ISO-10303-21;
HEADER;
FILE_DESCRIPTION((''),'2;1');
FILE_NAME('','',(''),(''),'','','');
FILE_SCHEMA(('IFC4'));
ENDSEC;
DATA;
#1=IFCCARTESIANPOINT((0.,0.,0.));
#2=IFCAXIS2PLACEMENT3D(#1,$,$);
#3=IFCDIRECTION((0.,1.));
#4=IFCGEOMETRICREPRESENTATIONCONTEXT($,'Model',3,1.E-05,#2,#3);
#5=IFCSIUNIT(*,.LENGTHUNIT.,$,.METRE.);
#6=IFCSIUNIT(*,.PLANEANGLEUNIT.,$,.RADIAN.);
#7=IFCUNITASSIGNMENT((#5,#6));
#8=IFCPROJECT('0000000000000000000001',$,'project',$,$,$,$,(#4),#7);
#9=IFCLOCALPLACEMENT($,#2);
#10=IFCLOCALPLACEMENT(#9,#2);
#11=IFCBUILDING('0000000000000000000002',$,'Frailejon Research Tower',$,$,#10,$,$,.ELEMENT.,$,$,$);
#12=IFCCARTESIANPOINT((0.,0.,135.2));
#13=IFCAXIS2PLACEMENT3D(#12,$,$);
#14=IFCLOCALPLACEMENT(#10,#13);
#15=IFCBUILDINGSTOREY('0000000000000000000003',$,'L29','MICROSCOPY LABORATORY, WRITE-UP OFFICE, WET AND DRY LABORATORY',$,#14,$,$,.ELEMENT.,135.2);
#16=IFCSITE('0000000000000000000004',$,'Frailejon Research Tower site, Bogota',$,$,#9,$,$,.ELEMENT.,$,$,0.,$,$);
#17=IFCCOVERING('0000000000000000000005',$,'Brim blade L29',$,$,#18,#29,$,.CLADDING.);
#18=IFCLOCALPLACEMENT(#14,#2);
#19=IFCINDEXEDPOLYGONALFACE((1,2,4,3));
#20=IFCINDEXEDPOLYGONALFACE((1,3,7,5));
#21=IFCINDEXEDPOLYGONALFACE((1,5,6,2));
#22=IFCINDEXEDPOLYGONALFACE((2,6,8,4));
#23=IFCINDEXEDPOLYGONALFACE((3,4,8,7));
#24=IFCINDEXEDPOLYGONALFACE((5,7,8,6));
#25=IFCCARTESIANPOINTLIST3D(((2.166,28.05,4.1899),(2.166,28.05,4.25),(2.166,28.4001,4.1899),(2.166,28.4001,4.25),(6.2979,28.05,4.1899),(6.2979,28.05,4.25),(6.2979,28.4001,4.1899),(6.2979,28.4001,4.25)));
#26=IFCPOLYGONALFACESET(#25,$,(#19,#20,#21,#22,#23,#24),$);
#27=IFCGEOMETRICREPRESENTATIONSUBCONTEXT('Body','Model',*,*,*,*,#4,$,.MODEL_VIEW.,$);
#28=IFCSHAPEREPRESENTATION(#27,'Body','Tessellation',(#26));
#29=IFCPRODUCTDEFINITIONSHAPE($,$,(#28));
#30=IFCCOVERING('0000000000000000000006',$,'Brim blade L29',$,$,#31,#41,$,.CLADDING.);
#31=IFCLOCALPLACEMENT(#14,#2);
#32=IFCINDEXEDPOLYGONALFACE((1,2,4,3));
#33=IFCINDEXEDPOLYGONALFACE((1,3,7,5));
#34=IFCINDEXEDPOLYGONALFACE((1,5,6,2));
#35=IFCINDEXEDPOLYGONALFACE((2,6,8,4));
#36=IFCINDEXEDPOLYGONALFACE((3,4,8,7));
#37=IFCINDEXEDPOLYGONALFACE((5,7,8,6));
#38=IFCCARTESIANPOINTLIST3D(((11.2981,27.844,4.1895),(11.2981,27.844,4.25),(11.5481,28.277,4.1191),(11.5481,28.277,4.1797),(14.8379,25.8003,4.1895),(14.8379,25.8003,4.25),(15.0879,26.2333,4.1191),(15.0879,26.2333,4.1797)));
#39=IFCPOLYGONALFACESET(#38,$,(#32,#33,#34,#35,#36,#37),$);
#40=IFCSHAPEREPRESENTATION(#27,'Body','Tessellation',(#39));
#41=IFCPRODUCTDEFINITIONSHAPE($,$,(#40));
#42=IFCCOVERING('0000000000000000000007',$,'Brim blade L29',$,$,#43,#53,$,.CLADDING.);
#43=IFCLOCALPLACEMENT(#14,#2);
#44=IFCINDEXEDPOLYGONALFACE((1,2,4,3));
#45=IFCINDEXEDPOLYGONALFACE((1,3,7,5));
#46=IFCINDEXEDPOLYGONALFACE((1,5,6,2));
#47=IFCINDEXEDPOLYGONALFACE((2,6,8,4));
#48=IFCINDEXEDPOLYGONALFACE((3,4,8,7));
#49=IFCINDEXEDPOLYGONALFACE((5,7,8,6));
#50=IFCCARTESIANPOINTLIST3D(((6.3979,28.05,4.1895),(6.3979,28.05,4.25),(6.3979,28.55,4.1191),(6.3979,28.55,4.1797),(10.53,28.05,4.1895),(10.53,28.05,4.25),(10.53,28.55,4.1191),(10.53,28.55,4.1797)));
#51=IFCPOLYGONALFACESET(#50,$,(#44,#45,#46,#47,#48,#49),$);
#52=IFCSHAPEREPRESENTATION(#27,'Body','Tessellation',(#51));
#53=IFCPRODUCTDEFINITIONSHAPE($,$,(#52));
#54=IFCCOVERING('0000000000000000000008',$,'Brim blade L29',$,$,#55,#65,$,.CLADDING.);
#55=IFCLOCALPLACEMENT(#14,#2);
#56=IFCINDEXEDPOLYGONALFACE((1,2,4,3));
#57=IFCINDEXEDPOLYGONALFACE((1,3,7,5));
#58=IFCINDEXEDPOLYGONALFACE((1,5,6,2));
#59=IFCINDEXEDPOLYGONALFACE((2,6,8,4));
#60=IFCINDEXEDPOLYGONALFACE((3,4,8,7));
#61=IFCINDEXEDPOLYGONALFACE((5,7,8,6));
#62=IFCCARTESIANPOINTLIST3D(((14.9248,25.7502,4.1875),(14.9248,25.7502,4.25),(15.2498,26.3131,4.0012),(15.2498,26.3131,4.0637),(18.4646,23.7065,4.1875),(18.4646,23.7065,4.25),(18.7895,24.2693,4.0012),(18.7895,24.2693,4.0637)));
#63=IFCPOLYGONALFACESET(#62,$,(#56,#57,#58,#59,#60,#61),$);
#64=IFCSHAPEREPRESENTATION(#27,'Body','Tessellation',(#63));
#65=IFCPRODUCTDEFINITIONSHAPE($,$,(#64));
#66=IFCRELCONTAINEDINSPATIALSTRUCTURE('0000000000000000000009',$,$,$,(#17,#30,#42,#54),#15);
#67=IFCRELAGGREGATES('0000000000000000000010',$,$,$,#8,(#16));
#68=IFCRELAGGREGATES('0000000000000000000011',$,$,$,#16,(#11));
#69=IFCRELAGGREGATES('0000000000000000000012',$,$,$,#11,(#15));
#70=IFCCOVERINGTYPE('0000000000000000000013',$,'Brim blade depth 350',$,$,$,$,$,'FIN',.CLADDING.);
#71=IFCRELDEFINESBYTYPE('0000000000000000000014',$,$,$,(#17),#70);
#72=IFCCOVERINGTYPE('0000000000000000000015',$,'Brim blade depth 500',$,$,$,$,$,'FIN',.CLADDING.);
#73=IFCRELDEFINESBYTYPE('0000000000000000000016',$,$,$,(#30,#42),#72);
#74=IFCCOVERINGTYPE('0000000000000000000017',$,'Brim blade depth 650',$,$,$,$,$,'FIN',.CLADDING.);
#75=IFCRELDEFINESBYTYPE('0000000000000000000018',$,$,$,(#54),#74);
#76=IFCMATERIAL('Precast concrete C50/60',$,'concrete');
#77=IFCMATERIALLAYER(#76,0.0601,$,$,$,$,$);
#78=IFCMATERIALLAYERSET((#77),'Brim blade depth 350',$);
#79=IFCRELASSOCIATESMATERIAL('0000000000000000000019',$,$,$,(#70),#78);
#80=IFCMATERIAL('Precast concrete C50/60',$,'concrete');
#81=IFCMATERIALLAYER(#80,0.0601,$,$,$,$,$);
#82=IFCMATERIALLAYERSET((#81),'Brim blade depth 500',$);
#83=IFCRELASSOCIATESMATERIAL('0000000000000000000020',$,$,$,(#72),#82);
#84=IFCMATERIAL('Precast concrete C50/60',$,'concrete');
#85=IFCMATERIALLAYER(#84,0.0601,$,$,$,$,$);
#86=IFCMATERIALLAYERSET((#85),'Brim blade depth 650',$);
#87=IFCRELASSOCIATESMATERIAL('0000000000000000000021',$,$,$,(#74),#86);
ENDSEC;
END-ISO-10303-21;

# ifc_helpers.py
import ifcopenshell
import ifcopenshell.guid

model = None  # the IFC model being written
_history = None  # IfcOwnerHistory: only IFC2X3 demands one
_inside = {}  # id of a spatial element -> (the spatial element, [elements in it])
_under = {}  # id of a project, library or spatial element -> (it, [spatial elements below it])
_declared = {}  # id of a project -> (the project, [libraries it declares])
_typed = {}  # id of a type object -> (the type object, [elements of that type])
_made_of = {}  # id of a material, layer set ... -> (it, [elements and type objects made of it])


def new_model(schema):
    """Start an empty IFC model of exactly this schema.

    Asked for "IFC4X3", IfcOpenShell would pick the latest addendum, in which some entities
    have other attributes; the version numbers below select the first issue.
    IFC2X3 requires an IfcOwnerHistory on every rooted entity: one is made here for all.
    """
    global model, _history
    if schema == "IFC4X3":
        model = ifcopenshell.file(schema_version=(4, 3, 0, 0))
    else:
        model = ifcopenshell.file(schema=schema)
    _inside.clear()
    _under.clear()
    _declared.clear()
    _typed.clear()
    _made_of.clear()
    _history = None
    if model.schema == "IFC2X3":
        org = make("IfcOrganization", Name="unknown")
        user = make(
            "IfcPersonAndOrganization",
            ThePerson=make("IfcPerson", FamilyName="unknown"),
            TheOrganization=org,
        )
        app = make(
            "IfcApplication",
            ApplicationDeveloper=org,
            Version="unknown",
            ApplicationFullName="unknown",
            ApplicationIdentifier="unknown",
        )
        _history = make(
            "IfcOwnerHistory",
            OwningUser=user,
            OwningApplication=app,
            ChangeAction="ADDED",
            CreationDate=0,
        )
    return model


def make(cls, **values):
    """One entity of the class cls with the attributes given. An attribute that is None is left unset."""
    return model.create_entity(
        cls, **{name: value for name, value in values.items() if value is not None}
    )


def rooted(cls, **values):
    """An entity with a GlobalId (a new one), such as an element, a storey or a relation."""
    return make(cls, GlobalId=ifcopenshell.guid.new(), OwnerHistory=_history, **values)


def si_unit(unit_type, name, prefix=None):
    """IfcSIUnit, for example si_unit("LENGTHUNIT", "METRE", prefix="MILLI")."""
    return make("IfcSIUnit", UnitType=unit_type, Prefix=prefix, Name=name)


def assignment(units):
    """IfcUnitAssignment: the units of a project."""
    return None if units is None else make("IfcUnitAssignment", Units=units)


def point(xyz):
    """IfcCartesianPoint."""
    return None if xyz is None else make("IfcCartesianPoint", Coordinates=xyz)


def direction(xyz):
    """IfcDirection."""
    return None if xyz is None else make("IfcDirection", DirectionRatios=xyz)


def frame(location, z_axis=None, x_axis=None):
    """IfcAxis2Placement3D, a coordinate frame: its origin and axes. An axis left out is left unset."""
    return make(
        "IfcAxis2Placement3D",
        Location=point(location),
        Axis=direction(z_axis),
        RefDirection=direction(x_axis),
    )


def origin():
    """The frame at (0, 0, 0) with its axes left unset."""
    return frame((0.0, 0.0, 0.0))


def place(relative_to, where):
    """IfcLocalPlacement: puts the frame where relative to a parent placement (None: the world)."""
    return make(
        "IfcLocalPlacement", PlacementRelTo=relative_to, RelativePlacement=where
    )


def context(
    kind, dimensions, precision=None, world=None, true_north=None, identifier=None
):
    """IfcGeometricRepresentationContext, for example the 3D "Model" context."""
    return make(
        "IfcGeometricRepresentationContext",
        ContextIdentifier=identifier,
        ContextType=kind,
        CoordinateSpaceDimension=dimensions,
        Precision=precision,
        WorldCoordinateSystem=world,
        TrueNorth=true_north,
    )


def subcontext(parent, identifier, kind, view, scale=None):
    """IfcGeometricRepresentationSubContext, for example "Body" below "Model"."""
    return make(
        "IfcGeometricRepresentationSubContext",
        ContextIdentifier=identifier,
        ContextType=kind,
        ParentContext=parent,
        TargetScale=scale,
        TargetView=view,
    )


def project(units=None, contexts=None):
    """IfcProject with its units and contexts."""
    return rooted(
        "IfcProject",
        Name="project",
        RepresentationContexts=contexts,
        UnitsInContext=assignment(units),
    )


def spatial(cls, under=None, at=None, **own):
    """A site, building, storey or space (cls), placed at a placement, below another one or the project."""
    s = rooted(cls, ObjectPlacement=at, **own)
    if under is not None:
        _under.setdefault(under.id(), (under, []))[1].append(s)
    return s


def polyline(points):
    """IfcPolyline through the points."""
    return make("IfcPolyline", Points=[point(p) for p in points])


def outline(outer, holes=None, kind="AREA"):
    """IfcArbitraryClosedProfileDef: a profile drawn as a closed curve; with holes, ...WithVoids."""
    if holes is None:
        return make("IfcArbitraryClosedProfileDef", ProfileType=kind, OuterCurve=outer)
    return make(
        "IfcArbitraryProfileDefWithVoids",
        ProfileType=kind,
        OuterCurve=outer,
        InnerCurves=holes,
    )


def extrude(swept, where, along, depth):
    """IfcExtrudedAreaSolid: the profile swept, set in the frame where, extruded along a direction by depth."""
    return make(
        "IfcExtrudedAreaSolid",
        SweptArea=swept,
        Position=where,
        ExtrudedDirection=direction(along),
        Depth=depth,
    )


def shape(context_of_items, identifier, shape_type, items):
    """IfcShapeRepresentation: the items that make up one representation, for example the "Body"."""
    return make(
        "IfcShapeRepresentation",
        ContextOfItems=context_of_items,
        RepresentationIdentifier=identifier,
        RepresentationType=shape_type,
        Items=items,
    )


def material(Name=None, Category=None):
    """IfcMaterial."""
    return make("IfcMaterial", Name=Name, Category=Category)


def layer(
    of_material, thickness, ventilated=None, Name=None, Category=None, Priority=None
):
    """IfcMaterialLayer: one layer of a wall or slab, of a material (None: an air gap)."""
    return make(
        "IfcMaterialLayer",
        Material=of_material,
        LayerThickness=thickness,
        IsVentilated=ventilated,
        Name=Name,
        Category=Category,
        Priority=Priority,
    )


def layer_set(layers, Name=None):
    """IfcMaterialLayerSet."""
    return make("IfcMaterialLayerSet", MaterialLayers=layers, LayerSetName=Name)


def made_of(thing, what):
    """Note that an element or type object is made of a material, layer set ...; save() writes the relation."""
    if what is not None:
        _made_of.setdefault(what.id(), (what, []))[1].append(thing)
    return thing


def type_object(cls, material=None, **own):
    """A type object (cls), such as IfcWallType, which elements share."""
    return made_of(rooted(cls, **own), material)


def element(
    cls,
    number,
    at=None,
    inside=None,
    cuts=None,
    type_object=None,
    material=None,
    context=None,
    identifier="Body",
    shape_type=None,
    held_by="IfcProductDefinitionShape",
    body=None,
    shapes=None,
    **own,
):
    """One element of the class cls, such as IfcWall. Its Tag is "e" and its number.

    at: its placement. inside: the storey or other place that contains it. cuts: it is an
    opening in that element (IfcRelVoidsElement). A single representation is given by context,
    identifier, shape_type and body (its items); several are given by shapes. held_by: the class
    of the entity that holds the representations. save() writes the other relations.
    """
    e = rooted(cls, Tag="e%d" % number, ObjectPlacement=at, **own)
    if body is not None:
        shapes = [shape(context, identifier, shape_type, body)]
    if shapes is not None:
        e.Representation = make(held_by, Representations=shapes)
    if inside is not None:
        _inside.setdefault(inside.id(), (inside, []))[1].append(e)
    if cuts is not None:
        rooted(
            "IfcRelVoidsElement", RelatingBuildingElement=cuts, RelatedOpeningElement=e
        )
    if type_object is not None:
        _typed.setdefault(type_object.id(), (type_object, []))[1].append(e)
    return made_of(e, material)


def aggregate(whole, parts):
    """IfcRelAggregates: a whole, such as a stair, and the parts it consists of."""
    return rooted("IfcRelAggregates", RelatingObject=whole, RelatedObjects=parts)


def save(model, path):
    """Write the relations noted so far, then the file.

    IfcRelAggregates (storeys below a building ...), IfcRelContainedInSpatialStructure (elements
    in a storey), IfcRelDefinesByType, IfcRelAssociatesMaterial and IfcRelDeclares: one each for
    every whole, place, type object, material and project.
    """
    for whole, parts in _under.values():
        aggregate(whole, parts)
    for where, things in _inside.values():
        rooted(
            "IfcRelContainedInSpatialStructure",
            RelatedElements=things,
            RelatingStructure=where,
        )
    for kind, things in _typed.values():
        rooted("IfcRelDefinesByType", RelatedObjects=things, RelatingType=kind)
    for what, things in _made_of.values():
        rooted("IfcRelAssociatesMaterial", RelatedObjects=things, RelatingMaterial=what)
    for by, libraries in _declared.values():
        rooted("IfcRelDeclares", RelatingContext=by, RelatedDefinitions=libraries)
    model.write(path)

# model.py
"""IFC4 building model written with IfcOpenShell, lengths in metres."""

from ifc_helpers import new_model, si_unit, direction, frame, origin, place, context, subcontext, project, spatial, polyline, outline, extrude, material, layer, layer_set, type_object, element, save


model = new_model("IFC4")

# Units and contexts
model_context = context("Model", 3, precision=1e-05, world=origin(), true_north=direction((0.0, 1.0)))
body_context = subcontext(model_context, "Body", "Model", "MODEL_VIEW")
ifc_project = project(units=[si_unit("LENGTHUNIT", "METRE"), si_unit("PLANEANGLEUNIT", "RADIAN")], contexts=[model_context])

# Site, building, storey
site_placement = place(None, origin())
site = spatial("IfcSite", under=ifc_project, at=site_placement, Name="Frailejon Research Tower site, Bogota", CompositionType="ELEMENT", RefElevation=0.0)
building_placement = place(site_placement, origin())
building = spatial("IfcBuilding", under=site, at=building_placement, Name="Frailejon Research Tower", CompositionType="ELEMENT")
storey_placement = place(building_placement, frame((0.0, 0.0, 135.2)))
storey = spatial("IfcBuildingStorey", under=building, at=storey_placement, Name="L29", Description="MICROSCOPY LABORATORY, WRITE-UP OFFICE, WET AND DRY LABORATORY", CompositionType="ELEMENT", Elevation=135.2)

# Coverings
ifc_material_1 = material(Name="Precast concrete C50/60", Category="concrete")
ifc_layer_1 = layer(ifc_material_1, 0.0601)
ifc_layer_set_1 = layer_set([ifc_layer_1], Name="Brim blade depth 350")
covering_type_1 = type_object("IfcCoveringType", Name="Brim blade depth 350", ElementType="FIN", PredefinedType="CLADDING", material=ifc_layer_set_1)
covering_1_placement = place(storey_placement, frame((2.166, 28.05, 4.25), z_axis=(1.0, 0.0, 0.0), x_axis=(0.0, 1.0, 0.0)))
element("IfcCovering", 1, at=covering_1_placement, inside=storey, type_object=covering_type_1, Name="Brim blade L29", PredefinedType="CLADDING", context=body_context, shape_type="SweptSolid", body=[
    extrude(outline(polyline([(0.0, -0.0601), (0.3501, -0.0601), (0.3501, 0.0), (0.0, 0.0), (0.0, -0.0601)])), origin(), (0.0, 0.0, 1.0), 4.1318),
])
ifc_material_2 = material(Name="Precast concrete C50/60", Category="concrete")
ifc_layer_2 = layer(ifc_material_2, 0.0601)
ifc_layer_set_2 = layer_set([ifc_layer_2], Name="Brim blade depth 500")
covering_type_2 = type_object("IfcCoveringType", Name="Brim blade depth 500", ElementType="FIN", PredefinedType="CLADDING", material=ifc_layer_set_2)
covering_2_placement = place(storey_placement, frame((11.2981, 27.844, 4.25), z_axis=(0.866021, -0.500007, 0.0), x_axis=(0.500007, 0.866021, 0.0)))
element("IfcCovering", 2, at=covering_2_placement, inside=storey, type_object=covering_type_2, Name="Brim blade L29", PredefinedType="CLADDING", context=body_context, shape_type="SweptSolid", body=[
    extrude(outline(polyline([(0.0, -0.0605), (0.5, -0.1309), (0.5, -0.0703), (0.0, 0.0), (0.0, -0.0605)])), origin(), (0.0, 0.0, 1.0), 4.0874),
])
covering_3_placement = place(storey_placement, frame((6.3979, 28.05, 4.25), z_axis=(1.0, 0.0, 0.0), x_axis=(0.0, 1.0, 0.0)))
element("IfcCovering", 3, at=covering_3_placement, inside=storey, type_object=covering_type_2, Name="Brim blade L29", PredefinedType="CLADDING", context=body_context, shape_type="SweptSolid", body=[
    extrude(outline(polyline([(0.0, -0.0605), (0.5, -0.1309), (0.5, -0.0703), (0.0, 0.0), (0.0, -0.0605)])), origin(), (0.0, 0.0, 1.0), 4.1321),
])
ifc_material_3 = material(Name="Precast concrete C50/60", Category="concrete")
ifc_layer_3 = layer(ifc_material_3, 0.0601)
ifc_layer_set_3 = layer_set([ifc_layer_3], Name="Brim blade depth 650")
covering_type_3 = type_object("IfcCoveringType", Name="Brim blade depth 650", ElementType="FIN", PredefinedType="CLADDING", material=ifc_layer_set_3)
covering_4_placement = place(storey_placement, frame((14.9248, 25.7502, 4.25), z_axis=(0.866021, -0.500007, 0.0), x_axis=(0.500007, 0.866021, 0.0)))
element("IfcCovering", 4, at=covering_4_placement, inside=storey, type_object=covering_type_3, Name="Brim blade L29", PredefinedType="CLADDING", context=body_context, shape_type="SweptSolid", body=[
    extrude(outline(polyline([(0.0, -0.0625), (0.6499, -0.2488), (0.6499, -0.1863), (0.0, 0.0), (0.0, -0.0625)])), origin(), (0.0, 0.0, 1.0), 4.0874),
])

save(model, "model.ifc")
